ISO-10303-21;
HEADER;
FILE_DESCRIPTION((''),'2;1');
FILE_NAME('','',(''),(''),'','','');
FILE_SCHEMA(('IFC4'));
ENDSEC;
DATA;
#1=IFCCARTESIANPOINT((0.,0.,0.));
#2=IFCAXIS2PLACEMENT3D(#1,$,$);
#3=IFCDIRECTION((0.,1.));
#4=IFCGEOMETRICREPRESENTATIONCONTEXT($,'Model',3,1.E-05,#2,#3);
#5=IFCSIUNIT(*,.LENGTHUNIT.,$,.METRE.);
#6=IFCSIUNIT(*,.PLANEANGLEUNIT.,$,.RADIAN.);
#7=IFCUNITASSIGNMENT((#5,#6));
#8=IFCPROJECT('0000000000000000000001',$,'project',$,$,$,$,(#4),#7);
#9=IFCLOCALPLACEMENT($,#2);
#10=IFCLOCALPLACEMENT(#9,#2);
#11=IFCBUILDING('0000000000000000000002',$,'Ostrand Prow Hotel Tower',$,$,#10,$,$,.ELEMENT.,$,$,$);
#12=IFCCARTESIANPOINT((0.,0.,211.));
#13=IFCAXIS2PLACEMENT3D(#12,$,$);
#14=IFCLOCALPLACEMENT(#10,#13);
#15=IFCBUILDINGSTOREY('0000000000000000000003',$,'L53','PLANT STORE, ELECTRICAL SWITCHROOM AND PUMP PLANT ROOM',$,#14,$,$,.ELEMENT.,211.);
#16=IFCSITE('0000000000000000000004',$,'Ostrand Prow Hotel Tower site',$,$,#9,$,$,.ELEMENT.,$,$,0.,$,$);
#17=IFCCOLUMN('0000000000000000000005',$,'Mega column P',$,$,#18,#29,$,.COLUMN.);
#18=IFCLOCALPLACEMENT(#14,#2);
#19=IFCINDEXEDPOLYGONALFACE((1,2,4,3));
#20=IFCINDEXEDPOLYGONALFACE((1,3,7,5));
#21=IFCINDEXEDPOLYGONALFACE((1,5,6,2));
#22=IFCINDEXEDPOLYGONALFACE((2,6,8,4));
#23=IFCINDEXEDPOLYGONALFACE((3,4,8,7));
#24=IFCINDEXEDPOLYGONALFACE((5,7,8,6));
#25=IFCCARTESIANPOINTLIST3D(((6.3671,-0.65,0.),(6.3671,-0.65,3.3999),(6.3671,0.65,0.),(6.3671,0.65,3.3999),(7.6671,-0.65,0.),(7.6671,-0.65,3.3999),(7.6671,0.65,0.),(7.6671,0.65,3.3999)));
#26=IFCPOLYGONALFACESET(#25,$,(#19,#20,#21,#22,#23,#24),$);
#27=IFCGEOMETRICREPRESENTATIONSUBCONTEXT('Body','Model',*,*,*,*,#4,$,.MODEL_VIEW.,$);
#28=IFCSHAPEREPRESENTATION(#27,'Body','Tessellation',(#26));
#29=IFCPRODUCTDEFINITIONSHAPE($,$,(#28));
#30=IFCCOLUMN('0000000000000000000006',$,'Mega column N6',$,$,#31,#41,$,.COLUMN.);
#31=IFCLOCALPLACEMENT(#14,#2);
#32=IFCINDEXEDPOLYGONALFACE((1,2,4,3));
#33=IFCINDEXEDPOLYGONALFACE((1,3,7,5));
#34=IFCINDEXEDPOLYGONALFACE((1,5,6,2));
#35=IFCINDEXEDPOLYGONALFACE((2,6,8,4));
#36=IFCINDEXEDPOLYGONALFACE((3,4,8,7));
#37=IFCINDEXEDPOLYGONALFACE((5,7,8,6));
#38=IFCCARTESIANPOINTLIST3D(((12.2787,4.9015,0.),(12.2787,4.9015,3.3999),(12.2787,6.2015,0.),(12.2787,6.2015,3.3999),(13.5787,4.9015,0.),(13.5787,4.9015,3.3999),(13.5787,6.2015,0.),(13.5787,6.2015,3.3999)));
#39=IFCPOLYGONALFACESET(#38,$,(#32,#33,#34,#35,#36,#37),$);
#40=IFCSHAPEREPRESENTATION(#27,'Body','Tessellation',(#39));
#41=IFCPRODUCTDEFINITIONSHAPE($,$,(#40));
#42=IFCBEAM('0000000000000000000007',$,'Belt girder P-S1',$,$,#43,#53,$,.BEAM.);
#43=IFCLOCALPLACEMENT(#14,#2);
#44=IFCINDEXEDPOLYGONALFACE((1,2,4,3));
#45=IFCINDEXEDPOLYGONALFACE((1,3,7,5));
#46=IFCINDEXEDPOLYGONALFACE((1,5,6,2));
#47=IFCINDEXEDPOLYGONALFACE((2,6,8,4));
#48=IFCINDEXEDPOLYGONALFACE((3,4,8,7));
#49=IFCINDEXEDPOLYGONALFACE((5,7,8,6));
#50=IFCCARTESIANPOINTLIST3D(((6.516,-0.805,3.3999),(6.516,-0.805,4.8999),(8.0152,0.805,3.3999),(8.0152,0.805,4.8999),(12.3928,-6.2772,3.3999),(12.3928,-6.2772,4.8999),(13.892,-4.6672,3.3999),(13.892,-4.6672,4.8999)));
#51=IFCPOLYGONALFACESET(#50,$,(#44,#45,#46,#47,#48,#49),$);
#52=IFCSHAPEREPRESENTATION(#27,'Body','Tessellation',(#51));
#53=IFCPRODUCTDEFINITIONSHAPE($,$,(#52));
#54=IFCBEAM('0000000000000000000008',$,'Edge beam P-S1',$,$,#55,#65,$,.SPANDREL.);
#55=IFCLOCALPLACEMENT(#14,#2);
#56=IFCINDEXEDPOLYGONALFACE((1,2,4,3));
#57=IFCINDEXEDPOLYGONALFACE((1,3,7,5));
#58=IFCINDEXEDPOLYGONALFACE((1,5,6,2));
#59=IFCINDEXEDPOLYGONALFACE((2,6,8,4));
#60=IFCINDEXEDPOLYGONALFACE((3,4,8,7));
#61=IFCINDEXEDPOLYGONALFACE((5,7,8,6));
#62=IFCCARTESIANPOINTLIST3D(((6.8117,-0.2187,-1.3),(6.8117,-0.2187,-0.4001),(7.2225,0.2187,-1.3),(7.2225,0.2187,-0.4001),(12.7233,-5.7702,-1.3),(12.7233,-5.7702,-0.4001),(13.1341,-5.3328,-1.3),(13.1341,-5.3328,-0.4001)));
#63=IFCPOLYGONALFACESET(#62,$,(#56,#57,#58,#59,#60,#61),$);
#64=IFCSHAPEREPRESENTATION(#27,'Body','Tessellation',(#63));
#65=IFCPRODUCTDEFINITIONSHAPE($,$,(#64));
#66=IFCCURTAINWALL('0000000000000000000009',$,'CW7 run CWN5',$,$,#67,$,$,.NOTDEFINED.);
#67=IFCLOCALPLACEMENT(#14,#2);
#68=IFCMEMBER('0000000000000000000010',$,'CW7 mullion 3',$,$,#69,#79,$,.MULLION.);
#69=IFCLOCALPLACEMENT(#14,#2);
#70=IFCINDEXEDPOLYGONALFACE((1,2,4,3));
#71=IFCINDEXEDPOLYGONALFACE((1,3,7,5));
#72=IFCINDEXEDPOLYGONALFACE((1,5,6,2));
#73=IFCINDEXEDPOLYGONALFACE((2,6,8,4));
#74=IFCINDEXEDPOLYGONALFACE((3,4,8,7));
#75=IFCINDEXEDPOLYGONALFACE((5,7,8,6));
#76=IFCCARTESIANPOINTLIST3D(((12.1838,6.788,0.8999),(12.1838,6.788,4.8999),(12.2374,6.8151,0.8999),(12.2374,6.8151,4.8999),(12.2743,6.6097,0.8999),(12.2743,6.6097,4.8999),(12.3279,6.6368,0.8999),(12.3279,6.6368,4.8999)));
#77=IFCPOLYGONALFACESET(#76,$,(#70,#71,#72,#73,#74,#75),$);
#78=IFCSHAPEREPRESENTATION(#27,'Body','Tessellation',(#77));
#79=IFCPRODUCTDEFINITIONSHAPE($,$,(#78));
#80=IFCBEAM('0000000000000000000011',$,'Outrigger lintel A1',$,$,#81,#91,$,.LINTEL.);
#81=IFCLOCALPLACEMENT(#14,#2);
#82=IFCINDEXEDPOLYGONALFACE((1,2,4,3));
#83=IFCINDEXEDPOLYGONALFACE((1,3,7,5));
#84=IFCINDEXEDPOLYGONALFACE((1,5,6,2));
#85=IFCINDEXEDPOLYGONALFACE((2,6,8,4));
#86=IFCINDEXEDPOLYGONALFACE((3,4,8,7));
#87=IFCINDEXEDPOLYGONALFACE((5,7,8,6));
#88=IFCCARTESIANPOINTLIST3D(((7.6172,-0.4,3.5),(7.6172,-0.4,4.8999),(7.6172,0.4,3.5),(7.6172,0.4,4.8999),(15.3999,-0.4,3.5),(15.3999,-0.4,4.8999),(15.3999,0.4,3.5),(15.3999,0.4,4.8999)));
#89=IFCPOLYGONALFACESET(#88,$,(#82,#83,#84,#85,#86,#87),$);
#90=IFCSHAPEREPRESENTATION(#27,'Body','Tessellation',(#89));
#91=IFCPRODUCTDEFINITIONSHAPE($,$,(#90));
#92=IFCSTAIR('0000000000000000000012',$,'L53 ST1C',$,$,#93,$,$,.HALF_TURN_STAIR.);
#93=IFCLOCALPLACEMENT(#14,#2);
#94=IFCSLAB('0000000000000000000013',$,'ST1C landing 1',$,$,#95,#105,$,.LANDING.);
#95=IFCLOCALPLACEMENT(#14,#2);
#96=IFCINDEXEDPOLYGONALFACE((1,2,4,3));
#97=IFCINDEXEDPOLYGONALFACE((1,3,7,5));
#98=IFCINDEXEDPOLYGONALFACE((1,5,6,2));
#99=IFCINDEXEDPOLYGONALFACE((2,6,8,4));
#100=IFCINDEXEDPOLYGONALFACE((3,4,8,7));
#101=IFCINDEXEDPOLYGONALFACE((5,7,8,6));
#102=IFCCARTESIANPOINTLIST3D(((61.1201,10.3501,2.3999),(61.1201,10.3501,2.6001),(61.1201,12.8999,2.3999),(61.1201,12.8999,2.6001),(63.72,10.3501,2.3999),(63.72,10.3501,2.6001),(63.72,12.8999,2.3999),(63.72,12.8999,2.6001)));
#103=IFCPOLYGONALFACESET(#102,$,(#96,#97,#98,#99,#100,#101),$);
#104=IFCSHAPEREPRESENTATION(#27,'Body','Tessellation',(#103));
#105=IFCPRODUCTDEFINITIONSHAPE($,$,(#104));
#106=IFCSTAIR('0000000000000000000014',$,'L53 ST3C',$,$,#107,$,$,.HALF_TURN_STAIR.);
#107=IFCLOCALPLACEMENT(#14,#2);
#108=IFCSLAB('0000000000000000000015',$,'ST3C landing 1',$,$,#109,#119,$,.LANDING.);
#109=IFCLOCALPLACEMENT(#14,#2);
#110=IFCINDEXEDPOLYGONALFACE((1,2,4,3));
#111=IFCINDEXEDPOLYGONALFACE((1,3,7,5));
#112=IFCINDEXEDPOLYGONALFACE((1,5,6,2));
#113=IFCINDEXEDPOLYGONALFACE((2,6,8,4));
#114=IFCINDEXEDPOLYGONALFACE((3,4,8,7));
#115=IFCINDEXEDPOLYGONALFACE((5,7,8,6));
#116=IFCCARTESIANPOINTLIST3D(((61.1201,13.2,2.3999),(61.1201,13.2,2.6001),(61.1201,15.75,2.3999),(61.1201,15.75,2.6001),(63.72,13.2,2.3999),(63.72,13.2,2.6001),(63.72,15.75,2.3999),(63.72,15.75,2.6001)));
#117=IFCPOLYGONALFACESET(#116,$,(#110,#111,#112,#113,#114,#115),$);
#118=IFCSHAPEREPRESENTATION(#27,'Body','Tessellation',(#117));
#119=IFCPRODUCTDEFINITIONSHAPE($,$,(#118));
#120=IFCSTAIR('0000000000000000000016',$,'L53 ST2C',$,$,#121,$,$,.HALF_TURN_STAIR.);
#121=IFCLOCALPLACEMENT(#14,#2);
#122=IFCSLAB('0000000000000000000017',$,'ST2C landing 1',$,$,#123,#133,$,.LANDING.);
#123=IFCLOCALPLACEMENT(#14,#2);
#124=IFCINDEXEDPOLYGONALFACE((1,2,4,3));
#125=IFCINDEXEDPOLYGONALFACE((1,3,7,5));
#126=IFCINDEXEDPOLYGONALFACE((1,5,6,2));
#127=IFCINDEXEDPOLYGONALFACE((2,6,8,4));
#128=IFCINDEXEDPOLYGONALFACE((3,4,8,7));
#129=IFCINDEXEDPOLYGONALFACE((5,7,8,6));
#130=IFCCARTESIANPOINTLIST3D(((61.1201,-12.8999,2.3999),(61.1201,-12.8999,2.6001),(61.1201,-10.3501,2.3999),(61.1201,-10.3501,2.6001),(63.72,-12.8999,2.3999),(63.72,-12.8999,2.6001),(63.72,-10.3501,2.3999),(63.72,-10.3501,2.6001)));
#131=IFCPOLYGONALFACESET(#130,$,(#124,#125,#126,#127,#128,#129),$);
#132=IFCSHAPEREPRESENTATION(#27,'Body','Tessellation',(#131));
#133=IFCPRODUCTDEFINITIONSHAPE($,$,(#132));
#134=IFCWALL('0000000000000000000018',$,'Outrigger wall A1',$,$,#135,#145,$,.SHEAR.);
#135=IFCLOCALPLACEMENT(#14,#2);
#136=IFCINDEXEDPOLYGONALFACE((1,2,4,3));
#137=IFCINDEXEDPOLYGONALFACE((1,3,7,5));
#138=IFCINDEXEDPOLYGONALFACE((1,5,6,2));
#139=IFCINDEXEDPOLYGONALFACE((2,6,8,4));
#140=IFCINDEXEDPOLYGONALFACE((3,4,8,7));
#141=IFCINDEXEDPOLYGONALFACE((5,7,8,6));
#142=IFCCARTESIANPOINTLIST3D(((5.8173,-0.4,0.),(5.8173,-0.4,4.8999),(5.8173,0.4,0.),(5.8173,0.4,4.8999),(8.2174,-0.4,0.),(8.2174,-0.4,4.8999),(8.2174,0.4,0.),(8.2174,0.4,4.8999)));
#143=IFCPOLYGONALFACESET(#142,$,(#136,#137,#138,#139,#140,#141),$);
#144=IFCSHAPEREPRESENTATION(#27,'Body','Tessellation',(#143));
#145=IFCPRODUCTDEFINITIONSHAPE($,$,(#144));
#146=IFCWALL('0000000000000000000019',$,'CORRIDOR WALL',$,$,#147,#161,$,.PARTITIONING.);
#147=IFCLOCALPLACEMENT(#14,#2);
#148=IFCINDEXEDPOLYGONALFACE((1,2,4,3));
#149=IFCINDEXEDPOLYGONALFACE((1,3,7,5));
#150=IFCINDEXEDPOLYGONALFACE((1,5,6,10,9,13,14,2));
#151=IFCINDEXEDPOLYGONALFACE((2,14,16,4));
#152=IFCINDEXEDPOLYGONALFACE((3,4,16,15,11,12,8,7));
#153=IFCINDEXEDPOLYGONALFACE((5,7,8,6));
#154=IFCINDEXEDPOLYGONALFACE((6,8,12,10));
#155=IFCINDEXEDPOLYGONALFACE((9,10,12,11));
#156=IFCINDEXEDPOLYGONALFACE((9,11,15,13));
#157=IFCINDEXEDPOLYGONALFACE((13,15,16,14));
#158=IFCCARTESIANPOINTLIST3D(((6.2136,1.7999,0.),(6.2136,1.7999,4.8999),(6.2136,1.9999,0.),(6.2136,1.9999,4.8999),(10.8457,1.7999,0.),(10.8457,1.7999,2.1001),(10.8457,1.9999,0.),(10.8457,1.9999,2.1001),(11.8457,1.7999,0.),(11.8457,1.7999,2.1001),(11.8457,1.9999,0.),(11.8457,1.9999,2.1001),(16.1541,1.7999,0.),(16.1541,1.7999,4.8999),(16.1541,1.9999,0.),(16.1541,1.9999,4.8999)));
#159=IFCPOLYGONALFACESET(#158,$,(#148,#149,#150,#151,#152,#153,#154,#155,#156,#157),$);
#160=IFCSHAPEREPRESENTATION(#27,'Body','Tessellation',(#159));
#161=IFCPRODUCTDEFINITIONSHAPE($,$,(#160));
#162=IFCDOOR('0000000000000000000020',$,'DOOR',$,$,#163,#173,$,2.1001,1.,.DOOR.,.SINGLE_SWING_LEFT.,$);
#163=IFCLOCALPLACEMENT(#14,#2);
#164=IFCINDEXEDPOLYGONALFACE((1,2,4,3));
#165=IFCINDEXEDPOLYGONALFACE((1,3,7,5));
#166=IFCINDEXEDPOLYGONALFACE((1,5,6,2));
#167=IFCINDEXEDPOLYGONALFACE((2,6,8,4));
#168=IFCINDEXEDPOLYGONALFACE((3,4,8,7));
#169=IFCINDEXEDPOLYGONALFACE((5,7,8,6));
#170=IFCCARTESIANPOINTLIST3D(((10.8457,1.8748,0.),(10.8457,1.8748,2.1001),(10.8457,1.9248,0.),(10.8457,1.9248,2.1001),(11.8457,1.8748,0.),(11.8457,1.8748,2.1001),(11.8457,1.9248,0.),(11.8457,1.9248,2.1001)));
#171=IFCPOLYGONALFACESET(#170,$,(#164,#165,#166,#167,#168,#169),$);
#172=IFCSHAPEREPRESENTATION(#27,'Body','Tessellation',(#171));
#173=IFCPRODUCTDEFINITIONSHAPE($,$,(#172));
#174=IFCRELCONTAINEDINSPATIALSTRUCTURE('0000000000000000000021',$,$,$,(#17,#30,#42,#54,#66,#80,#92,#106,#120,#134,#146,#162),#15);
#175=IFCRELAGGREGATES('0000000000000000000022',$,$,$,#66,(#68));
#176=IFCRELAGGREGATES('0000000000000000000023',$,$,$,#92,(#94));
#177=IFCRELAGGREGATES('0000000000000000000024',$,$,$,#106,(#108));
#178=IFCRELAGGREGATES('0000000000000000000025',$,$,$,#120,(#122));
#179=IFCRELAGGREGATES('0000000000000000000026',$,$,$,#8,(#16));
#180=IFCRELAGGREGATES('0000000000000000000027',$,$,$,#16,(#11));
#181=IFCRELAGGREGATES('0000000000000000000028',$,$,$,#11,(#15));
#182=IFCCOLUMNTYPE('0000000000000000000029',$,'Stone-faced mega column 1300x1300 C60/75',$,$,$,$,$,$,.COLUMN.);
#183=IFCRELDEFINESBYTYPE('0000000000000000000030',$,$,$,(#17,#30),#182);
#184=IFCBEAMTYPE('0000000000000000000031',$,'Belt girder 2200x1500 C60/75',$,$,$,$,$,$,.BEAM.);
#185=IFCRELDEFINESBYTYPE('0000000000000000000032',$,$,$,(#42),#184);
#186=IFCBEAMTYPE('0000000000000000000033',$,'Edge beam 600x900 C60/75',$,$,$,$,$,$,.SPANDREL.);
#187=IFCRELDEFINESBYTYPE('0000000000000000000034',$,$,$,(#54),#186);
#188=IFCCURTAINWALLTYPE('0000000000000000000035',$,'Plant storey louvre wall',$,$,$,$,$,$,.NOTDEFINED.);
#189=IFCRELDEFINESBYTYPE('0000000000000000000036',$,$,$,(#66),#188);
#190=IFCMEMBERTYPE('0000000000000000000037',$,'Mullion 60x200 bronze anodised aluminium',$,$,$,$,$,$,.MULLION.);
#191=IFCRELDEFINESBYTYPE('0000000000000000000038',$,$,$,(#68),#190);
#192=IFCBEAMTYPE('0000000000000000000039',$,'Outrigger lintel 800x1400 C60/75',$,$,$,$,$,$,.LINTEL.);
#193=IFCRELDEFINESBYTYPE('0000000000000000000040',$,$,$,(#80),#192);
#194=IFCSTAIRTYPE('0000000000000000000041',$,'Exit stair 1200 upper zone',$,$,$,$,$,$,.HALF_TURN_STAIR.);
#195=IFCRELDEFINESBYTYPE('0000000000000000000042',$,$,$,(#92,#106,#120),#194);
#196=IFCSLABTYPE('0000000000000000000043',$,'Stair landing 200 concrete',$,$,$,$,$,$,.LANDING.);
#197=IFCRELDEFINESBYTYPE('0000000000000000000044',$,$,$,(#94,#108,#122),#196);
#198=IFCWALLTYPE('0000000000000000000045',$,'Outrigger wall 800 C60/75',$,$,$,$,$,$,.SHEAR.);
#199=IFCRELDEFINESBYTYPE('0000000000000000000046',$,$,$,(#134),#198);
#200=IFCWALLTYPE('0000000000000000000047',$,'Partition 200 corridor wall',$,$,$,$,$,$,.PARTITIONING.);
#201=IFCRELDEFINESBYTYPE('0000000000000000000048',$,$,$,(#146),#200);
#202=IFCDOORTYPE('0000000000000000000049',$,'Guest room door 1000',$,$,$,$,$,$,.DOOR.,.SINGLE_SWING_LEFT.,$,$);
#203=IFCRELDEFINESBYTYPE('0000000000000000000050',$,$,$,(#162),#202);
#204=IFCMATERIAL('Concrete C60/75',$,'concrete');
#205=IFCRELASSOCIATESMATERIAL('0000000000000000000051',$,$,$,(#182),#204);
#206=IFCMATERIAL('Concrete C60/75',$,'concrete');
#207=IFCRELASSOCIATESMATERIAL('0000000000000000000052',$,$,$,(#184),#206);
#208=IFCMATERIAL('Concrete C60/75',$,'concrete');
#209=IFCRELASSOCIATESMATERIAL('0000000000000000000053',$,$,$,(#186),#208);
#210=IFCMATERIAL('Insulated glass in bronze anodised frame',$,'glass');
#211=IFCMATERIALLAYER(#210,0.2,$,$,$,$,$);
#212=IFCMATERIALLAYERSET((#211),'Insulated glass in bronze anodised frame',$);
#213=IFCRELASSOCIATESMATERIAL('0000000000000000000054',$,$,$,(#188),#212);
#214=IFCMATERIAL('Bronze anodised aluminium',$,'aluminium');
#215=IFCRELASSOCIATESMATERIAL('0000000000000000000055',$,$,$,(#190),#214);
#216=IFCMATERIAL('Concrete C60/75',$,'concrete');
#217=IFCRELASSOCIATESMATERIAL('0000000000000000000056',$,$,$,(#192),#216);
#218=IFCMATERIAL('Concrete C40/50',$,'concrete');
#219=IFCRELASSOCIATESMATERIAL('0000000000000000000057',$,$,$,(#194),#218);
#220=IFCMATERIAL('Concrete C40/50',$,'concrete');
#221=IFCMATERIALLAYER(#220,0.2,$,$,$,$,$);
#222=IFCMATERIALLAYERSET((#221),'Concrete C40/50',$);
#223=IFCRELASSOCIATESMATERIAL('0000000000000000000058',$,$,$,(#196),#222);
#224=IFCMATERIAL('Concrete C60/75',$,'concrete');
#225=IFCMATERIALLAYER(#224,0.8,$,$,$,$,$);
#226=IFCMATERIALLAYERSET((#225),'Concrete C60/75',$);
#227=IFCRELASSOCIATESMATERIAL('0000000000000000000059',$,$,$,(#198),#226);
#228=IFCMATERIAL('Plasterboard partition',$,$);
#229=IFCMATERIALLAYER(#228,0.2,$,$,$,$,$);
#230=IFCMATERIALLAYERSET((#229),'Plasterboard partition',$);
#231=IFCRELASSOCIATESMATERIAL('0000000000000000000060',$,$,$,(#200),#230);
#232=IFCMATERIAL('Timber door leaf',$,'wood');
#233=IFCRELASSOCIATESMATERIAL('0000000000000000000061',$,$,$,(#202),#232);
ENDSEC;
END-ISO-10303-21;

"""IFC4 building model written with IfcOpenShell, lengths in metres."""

from ifc_helpers import new_model, si_unit, direction, frame, frame_2d, origin, origin_2d, place, context, subcontext, project, spatial, polyline, rectangle, outline, extrude, material, layer, layer_set, material_profile, profile_set, type_object, element, fill, aggregate, save


model = new_model("IFC4")

# Units and contexts
model_context = context("Model", 3, precision=1e-05, world=origin(), true_north=direction((0.0, 1.0)))
body_context = subcontext(model_context, "Body", "Model", "MODEL_VIEW")
ifc_project = project(units=[si_unit("LENGTHUNIT", "METRE"), si_unit("PLANEANGLEUNIT", "RADIAN")], contexts=[model_context])

# Site, building, storey
site_placement = place(None, origin())
site = spatial("IfcSite", under=ifc_project, at=site_placement, Name="Ostrand Prow Hotel Tower site", CompositionType="ELEMENT", RefElevation=0.0)
building_placement = place(site_placement, origin())
building = spatial("IfcBuilding", under=site, at=building_placement, Name="Ostrand Prow Hotel Tower", CompositionType="ELEMENT")
storey_placement = place(building_placement, frame((0.0, 0.0, 211.0)))
storey = spatial("IfcBuildingStorey", under=building, at=storey_placement, Name="L53", Description="PLANT STORE, ELECTRICAL SWITCHROOM AND PUMP PLANT ROOM", CompositionType="ELEMENT", Elevation=211.0)

# Columns
ifc_material_1 = material(Name="Concrete C60/75", Category="concrete")
ifc_material_profile_1 = material_profile(ifc_material_1, rectangle(XDim=1.3, YDim=1.3, at=origin_2d()), Name="RC 1300x1300")
ifc_profile_set_1 = profile_set([ifc_material_profile_1], Name="Concrete C60/75")
column_type = type_object("IfcColumnType", Name="Stone-faced mega column 1300x1300 C60/75", PredefinedType="COLUMN", material=ifc_profile_set_1)
for number, where, z_axis, x_axis, name in (
    (1, (7.0171, 0.0, 0.0), (0.0, 0.0, 1.0), (1.0, 0.0, 0.0), "Mega column P"),
    (2, (12.9287, 5.5515, 0.0), (0.0, 0.0, 1.0), (1.0, 0.0, 0.0), "Mega column N6"),
):
    element("IfcColumn", number, at=place(storey_placement, frame(where, z_axis=z_axis, x_axis=x_axis)), inside=storey, type_object=column_type, Name=name, PredefinedType="COLUMN", context=body_context, shape_type="SweptSolid", body=[
        extrude(rectangle(XDim=1.3, YDim=1.3, at=origin_2d()), origin(), (0.0, 0.0, 1.0), 3.3999),
    ])

# Beams
ifc_material_2 = material(Name="Concrete C60/75", Category="concrete")
ifc_material_profile_2 = material_profile(ifc_material_2, rectangle(XDim=2.2, YDim=1.5, at=origin_2d()), Name="RC 2200x1500")
ifc_profile_set_2 = profile_set([ifc_material_profile_2], Name="Concrete C60/75")
beam_type_1 = type_object("IfcBeamType", Name="Belt girder 2200x1500 C60/75", PredefinedType="BEAM", material=ifc_profile_set_2)
beam_1_placement = place(storey_placement, frame((7.2656, 0.0, 4.1499), z_axis=(0.731847, -0.681469, 0.0), x_axis=(0.681469, 0.731847, 0.0)))
element("IfcBeam", 3, at=beam_1_placement, inside=storey, type_object=beam_type_1, Name="Belt girder P-S1", PredefinedType="BEAM", context=body_context, shape_type="SweptSolid", body=[
    extrude(rectangle(XDim=2.2, YDim=1.5, at=origin_2d()), origin(), (0.0, 0.0, 1.0), 8.03),
])
ifc_material_3 = material(Name="Concrete C60/75", Category="concrete")
ifc_material_profile_3 = material_profile(ifc_material_3, rectangle(XDim=0.6001, YDim=0.8999, at=origin_2d()), Name="RC 600x900")
ifc_profile_set_3 = profile_set([ifc_material_profile_3], Name="Concrete C60/75")
beam_type_2 = type_object("IfcBeamType", Name="Edge beam 600x900 C60/75", PredefinedType="SPANDREL", material=ifc_profile_set_3)
beam_2_placement = place(storey_placement, frame((7.0171, 0.0, -0.8501), z_axis=(0.728961, -0.684556, 0.0), x_axis=(0.684556, 0.728961, 0.0)))
element("IfcBeam", 4, at=beam_2_placement, inside=storey, type_object=beam_type_2, Name="Edge beam P-S1", PredefinedType="SPANDREL", context=body_context, shape_type="SweptSolid", body=[
    extrude(rectangle(XDim=0.6001, YDim=0.8999, at=origin_2d()), origin(), (0.0, 0.0, 1.0), 8.1096),
])

# Curtain wall, member
ifc_material_4 = material(Name="Insulated glass in bronze anodised frame", Category="glass")
ifc_layer_1 = layer(ifc_material_4, 0.2)
ifc_layer_set_1 = layer_set([ifc_layer_1], Name="Insulated glass in bronze anodised frame")
curtain_wall_type = type_object("IfcCurtainWallType", Name="Plant storey louvre wall", PredefinedType="NOTDEFINED", material=ifc_layer_set_1)
curtain_wall_placement = place(storey_placement, origin())
curtain_wall = element("IfcCurtainWall", 5, at=curtain_wall_placement, inside=storey, type_object=curtain_wall_type, Name="CW7 run CWN5", PredefinedType="NOTDEFINED")
ifc_material_5 = material(Name="Bronze anodised aluminium", Category="aluminium")
ifc_material_profile_4 = material_profile(ifc_material_5, rectangle(XDim=0.2, YDim=0.0601, at=origin_2d()), Name="Mullion 60x200 bronze anodised aluminium")
ifc_profile_set_4 = profile_set([ifc_material_profile_4], Name="Bronze anodised aluminium")
member_type = type_object("IfcMemberType", Name="Mullion 60x200 bronze anodised aluminium", PredefinedType="MULLION", material=ifc_profile_set_4)
member_placement = place(storey_placement, frame((12.2559, 6.7124, 0.8999), z_axis=(0.0, 0.0, 1.0), x_axis=(0.452659, -0.891684, 0.0)))
member = element("IfcMember", 6, at=member_placement, type_object=member_type, Name="CW7 mullion 3", PredefinedType="MULLION", context=body_context, shape_type="SweptSolid", body=[
    extrude(rectangle(XDim=0.2, YDim=0.0601, at=origin_2d()), origin(), (0.0, 0.0, 1.0), 4.0),
])
aggregate(curtain_wall, [member])

# Beam
ifc_material_6 = material(Name="Concrete C60/75", Category="concrete")
ifc_material_profile_5 = material_profile(ifc_material_6, rectangle(XDim=0.8, YDim=1.3999, at=origin_2d()), Name="RC 800x1400")
ifc_profile_set_5 = profile_set([ifc_material_profile_5], Name="Concrete C60/75")
beam_type_3 = type_object("IfcBeamType", Name="Outrigger lintel 800x1400 C60/75", PredefinedType="LINTEL", material=ifc_profile_set_5)
beam_3_placement = place(storey_placement, frame((7.6172, 0.0, 4.2), z_axis=(1.0, 0.0, 0.0), x_axis=(0.0, 1.0, 0.0)))
element("IfcBeam", 7, at=beam_3_placement, inside=storey, type_object=beam_type_3, Name="Outrigger lintel A1", PredefinedType="LINTEL", context=body_context, shape_type="SweptSolid", body=[
    extrude(rectangle(XDim=0.8, YDim=1.3999, at=origin_2d()), origin(), (0.0, 0.0, 1.0), 7.7827),
])

# Stairs, slabs
ifc_material_7 = material(Name="Concrete C40/50", Category="concrete")
stair_type = type_object("IfcStairType", Name="Exit stair 1200 upper zone", PredefinedType="HALF_TURN_STAIR", material=ifc_material_7)
stair_1_placement = place(storey_placement, origin())
stair_1 = element("IfcStair", 8, at=stair_1_placement, inside=storey, type_object=stair_type, Name="L53 ST1C", PredefinedType="HALF_TURN_STAIR")
ifc_material_8 = material(Name="Concrete C40/50", Category="concrete")
ifc_layer_2 = layer(ifc_material_8, 0.2)
ifc_layer_set_2 = layer_set([ifc_layer_2], Name="Concrete C40/50")
slab_type = type_object("IfcSlabType", Name="Stair landing 200 concrete", PredefinedType="LANDING", material=ifc_layer_set_2)
slab_1_placement = place(storey_placement, frame((0.0, 0.0, 2.3999)))
slab_1 = element("IfcSlab", 9, at=slab_1_placement, type_object=slab_type, Name="ST1C landing 1", PredefinedType="LANDING", context=body_context, shape_type="SweptSolid", body=[
    extrude(outline(polyline([(61.1201, 10.3501), (63.72, 10.3501), (63.72, 12.8999), (61.1201, 12.8999), (61.1201, 10.3501)])), origin(), (0.0, 0.0, 1.0), 0.2002),
])
aggregate(stair_1, [slab_1])
stair_2_placement = place(storey_placement, origin())
stair_2 = element("IfcStair", 10, at=stair_2_placement, inside=storey, type_object=stair_type, Name="L53 ST3C", PredefinedType="HALF_TURN_STAIR")
slab_2_placement = place(storey_placement, frame((0.0, 0.0, 2.3999)))
slab_2 = element("IfcSlab", 11, at=slab_2_placement, type_object=slab_type, Name="ST3C landing 1", PredefinedType="LANDING", context=body_context, shape_type="SweptSolid", body=[
    extrude(outline(polyline([(61.1201, 13.2), (63.72, 13.2), (63.72, 15.75), (61.1201, 15.75), (61.1201, 13.2)])), origin(), (0.0, 0.0, 1.0), 0.2002),
])
aggregate(stair_2, [slab_2])
stair_3_placement = place(storey_placement, origin())
stair_3 = element("IfcStair", 12, at=stair_3_placement, inside=storey, type_object=stair_type, Name="L53 ST2C", PredefinedType="HALF_TURN_STAIR")
slab_3_placement = place(storey_placement, frame((0.0, 0.0, 2.3999)))
slab_3 = element("IfcSlab", 13, at=slab_3_placement, type_object=slab_type, Name="ST2C landing 1", PredefinedType="LANDING", context=body_context, shape_type="SweptSolid", body=[
    extrude(outline(polyline([(61.1201, -12.8999), (63.72, -12.8999), (63.72, -10.3501), (61.1201, -10.3501), (61.1201, -12.8999)])), origin(), (0.0, 0.0, 1.0), 0.2002),
])
aggregate(stair_3, [slab_3])

# Wall
ifc_material_9 = material(Name="Concrete C60/75", Category="concrete")
ifc_layer_3 = layer(ifc_material_9, 0.8)
ifc_layer_set_3 = layer_set([ifc_layer_3], Name="Concrete C60/75")
wall_type_1 = type_object("IfcWallType", Name="Outrigger wall 800 C60/75", PredefinedType="SHEAR", material=ifc_layer_set_3)
wall_1_placement = place(storey_placement, frame((5.8171, 0.0, 0.0), z_axis=(0.0, 0.0, 1.0), x_axis=(1.0, 0.0, 0.0)))
element("IfcWall", 14, at=wall_1_placement, inside=storey, type_object=wall_type_1, Name="Outrigger wall A1", PredefinedType="SHEAR", context=body_context, shape_type="SweptSolid", body=[
    extrude(rectangle(XDim=2.4001, YDim=0.8, at=frame_2d((1.2002, 0.0))), origin(), (0.0, 0.0, 1.0), 4.8999),
])

# Wall, opening, door
ifc_material_10 = material(Name="Plasterboard partition")
ifc_layer_4 = layer(ifc_material_10, 0.2)
ifc_layer_set_4 = layer_set([ifc_layer_4], Name="Plasterboard partition")
wall_type_2 = type_object("IfcWallType", Name="Partition 200 corridor wall", PredefinedType="PARTITIONING", material=ifc_layer_set_4)
wall_2_placement = place(storey_placement, frame((6.2136, 1.8999, 0.0), z_axis=(0.0, 0.0, 1.0), x_axis=(1.0, 0.0, 0.0)))
wall_2 = element("IfcWall", 15, at=wall_2_placement, inside=storey, type_object=wall_type_2, Name="CORRIDOR WALL", PredefinedType="PARTITIONING", context=body_context, shape_type="SweptSolid", body=[
    extrude(rectangle(XDim=9.9404, YDim=0.2, at=frame_2d((4.9702, 0.0))), origin(), (0.0, 0.0, 1.0), 4.8999),
])
opening_placement = place(wall_2_placement, frame((4.6321, 0.0, 0.0)))
opening = element("IfcOpeningElement", 16, at=opening_placement, cuts=wall_2, PredefinedType="OPENING", context=body_context, shape_type="SweptSolid", body=[
    extrude(rectangle(XDim=1.0, YDim=2.1001, at=frame_2d((0.5, 1.05))), frame((0.0, 0.1099, 0.0), z_axis=(0.0, -1.0, 0.0), x_axis=(1.0, 0.0, 0.0)), (0.0, 0.0, 1.0), 0.22),
])
ifc_material_11 = material(Name="Timber door leaf", Category="wood")
door_type = type_object("IfcDoorType", Name="Guest room door 1000", OperationType="SINGLE_SWING_LEFT", PredefinedType="DOOR", material=ifc_material_11)
door_placement = place(opening_placement, origin())
door = element("IfcDoor", 17, at=door_placement, inside=storey, type_object=door_type, Name="DOOR", OperationType="SINGLE_SWING_LEFT", OverallHeight=2.1001, OverallWidth=1.0, PredefinedType="DOOR", context=body_context, shape_type="SweptSolid", body=[
    extrude(rectangle(XDim=1.0, YDim=2.1001, at=frame_2d((0.5, 1.05))), frame((0.0, 0.0249, 0.0), z_axis=(0.0, -1.0, 0.0), x_axis=(1.0, 0.0, 0.0)), (0.0, 0.0, 1.0), 0.05),
])
fill(opening, door)

save(model, "model.ifc")
